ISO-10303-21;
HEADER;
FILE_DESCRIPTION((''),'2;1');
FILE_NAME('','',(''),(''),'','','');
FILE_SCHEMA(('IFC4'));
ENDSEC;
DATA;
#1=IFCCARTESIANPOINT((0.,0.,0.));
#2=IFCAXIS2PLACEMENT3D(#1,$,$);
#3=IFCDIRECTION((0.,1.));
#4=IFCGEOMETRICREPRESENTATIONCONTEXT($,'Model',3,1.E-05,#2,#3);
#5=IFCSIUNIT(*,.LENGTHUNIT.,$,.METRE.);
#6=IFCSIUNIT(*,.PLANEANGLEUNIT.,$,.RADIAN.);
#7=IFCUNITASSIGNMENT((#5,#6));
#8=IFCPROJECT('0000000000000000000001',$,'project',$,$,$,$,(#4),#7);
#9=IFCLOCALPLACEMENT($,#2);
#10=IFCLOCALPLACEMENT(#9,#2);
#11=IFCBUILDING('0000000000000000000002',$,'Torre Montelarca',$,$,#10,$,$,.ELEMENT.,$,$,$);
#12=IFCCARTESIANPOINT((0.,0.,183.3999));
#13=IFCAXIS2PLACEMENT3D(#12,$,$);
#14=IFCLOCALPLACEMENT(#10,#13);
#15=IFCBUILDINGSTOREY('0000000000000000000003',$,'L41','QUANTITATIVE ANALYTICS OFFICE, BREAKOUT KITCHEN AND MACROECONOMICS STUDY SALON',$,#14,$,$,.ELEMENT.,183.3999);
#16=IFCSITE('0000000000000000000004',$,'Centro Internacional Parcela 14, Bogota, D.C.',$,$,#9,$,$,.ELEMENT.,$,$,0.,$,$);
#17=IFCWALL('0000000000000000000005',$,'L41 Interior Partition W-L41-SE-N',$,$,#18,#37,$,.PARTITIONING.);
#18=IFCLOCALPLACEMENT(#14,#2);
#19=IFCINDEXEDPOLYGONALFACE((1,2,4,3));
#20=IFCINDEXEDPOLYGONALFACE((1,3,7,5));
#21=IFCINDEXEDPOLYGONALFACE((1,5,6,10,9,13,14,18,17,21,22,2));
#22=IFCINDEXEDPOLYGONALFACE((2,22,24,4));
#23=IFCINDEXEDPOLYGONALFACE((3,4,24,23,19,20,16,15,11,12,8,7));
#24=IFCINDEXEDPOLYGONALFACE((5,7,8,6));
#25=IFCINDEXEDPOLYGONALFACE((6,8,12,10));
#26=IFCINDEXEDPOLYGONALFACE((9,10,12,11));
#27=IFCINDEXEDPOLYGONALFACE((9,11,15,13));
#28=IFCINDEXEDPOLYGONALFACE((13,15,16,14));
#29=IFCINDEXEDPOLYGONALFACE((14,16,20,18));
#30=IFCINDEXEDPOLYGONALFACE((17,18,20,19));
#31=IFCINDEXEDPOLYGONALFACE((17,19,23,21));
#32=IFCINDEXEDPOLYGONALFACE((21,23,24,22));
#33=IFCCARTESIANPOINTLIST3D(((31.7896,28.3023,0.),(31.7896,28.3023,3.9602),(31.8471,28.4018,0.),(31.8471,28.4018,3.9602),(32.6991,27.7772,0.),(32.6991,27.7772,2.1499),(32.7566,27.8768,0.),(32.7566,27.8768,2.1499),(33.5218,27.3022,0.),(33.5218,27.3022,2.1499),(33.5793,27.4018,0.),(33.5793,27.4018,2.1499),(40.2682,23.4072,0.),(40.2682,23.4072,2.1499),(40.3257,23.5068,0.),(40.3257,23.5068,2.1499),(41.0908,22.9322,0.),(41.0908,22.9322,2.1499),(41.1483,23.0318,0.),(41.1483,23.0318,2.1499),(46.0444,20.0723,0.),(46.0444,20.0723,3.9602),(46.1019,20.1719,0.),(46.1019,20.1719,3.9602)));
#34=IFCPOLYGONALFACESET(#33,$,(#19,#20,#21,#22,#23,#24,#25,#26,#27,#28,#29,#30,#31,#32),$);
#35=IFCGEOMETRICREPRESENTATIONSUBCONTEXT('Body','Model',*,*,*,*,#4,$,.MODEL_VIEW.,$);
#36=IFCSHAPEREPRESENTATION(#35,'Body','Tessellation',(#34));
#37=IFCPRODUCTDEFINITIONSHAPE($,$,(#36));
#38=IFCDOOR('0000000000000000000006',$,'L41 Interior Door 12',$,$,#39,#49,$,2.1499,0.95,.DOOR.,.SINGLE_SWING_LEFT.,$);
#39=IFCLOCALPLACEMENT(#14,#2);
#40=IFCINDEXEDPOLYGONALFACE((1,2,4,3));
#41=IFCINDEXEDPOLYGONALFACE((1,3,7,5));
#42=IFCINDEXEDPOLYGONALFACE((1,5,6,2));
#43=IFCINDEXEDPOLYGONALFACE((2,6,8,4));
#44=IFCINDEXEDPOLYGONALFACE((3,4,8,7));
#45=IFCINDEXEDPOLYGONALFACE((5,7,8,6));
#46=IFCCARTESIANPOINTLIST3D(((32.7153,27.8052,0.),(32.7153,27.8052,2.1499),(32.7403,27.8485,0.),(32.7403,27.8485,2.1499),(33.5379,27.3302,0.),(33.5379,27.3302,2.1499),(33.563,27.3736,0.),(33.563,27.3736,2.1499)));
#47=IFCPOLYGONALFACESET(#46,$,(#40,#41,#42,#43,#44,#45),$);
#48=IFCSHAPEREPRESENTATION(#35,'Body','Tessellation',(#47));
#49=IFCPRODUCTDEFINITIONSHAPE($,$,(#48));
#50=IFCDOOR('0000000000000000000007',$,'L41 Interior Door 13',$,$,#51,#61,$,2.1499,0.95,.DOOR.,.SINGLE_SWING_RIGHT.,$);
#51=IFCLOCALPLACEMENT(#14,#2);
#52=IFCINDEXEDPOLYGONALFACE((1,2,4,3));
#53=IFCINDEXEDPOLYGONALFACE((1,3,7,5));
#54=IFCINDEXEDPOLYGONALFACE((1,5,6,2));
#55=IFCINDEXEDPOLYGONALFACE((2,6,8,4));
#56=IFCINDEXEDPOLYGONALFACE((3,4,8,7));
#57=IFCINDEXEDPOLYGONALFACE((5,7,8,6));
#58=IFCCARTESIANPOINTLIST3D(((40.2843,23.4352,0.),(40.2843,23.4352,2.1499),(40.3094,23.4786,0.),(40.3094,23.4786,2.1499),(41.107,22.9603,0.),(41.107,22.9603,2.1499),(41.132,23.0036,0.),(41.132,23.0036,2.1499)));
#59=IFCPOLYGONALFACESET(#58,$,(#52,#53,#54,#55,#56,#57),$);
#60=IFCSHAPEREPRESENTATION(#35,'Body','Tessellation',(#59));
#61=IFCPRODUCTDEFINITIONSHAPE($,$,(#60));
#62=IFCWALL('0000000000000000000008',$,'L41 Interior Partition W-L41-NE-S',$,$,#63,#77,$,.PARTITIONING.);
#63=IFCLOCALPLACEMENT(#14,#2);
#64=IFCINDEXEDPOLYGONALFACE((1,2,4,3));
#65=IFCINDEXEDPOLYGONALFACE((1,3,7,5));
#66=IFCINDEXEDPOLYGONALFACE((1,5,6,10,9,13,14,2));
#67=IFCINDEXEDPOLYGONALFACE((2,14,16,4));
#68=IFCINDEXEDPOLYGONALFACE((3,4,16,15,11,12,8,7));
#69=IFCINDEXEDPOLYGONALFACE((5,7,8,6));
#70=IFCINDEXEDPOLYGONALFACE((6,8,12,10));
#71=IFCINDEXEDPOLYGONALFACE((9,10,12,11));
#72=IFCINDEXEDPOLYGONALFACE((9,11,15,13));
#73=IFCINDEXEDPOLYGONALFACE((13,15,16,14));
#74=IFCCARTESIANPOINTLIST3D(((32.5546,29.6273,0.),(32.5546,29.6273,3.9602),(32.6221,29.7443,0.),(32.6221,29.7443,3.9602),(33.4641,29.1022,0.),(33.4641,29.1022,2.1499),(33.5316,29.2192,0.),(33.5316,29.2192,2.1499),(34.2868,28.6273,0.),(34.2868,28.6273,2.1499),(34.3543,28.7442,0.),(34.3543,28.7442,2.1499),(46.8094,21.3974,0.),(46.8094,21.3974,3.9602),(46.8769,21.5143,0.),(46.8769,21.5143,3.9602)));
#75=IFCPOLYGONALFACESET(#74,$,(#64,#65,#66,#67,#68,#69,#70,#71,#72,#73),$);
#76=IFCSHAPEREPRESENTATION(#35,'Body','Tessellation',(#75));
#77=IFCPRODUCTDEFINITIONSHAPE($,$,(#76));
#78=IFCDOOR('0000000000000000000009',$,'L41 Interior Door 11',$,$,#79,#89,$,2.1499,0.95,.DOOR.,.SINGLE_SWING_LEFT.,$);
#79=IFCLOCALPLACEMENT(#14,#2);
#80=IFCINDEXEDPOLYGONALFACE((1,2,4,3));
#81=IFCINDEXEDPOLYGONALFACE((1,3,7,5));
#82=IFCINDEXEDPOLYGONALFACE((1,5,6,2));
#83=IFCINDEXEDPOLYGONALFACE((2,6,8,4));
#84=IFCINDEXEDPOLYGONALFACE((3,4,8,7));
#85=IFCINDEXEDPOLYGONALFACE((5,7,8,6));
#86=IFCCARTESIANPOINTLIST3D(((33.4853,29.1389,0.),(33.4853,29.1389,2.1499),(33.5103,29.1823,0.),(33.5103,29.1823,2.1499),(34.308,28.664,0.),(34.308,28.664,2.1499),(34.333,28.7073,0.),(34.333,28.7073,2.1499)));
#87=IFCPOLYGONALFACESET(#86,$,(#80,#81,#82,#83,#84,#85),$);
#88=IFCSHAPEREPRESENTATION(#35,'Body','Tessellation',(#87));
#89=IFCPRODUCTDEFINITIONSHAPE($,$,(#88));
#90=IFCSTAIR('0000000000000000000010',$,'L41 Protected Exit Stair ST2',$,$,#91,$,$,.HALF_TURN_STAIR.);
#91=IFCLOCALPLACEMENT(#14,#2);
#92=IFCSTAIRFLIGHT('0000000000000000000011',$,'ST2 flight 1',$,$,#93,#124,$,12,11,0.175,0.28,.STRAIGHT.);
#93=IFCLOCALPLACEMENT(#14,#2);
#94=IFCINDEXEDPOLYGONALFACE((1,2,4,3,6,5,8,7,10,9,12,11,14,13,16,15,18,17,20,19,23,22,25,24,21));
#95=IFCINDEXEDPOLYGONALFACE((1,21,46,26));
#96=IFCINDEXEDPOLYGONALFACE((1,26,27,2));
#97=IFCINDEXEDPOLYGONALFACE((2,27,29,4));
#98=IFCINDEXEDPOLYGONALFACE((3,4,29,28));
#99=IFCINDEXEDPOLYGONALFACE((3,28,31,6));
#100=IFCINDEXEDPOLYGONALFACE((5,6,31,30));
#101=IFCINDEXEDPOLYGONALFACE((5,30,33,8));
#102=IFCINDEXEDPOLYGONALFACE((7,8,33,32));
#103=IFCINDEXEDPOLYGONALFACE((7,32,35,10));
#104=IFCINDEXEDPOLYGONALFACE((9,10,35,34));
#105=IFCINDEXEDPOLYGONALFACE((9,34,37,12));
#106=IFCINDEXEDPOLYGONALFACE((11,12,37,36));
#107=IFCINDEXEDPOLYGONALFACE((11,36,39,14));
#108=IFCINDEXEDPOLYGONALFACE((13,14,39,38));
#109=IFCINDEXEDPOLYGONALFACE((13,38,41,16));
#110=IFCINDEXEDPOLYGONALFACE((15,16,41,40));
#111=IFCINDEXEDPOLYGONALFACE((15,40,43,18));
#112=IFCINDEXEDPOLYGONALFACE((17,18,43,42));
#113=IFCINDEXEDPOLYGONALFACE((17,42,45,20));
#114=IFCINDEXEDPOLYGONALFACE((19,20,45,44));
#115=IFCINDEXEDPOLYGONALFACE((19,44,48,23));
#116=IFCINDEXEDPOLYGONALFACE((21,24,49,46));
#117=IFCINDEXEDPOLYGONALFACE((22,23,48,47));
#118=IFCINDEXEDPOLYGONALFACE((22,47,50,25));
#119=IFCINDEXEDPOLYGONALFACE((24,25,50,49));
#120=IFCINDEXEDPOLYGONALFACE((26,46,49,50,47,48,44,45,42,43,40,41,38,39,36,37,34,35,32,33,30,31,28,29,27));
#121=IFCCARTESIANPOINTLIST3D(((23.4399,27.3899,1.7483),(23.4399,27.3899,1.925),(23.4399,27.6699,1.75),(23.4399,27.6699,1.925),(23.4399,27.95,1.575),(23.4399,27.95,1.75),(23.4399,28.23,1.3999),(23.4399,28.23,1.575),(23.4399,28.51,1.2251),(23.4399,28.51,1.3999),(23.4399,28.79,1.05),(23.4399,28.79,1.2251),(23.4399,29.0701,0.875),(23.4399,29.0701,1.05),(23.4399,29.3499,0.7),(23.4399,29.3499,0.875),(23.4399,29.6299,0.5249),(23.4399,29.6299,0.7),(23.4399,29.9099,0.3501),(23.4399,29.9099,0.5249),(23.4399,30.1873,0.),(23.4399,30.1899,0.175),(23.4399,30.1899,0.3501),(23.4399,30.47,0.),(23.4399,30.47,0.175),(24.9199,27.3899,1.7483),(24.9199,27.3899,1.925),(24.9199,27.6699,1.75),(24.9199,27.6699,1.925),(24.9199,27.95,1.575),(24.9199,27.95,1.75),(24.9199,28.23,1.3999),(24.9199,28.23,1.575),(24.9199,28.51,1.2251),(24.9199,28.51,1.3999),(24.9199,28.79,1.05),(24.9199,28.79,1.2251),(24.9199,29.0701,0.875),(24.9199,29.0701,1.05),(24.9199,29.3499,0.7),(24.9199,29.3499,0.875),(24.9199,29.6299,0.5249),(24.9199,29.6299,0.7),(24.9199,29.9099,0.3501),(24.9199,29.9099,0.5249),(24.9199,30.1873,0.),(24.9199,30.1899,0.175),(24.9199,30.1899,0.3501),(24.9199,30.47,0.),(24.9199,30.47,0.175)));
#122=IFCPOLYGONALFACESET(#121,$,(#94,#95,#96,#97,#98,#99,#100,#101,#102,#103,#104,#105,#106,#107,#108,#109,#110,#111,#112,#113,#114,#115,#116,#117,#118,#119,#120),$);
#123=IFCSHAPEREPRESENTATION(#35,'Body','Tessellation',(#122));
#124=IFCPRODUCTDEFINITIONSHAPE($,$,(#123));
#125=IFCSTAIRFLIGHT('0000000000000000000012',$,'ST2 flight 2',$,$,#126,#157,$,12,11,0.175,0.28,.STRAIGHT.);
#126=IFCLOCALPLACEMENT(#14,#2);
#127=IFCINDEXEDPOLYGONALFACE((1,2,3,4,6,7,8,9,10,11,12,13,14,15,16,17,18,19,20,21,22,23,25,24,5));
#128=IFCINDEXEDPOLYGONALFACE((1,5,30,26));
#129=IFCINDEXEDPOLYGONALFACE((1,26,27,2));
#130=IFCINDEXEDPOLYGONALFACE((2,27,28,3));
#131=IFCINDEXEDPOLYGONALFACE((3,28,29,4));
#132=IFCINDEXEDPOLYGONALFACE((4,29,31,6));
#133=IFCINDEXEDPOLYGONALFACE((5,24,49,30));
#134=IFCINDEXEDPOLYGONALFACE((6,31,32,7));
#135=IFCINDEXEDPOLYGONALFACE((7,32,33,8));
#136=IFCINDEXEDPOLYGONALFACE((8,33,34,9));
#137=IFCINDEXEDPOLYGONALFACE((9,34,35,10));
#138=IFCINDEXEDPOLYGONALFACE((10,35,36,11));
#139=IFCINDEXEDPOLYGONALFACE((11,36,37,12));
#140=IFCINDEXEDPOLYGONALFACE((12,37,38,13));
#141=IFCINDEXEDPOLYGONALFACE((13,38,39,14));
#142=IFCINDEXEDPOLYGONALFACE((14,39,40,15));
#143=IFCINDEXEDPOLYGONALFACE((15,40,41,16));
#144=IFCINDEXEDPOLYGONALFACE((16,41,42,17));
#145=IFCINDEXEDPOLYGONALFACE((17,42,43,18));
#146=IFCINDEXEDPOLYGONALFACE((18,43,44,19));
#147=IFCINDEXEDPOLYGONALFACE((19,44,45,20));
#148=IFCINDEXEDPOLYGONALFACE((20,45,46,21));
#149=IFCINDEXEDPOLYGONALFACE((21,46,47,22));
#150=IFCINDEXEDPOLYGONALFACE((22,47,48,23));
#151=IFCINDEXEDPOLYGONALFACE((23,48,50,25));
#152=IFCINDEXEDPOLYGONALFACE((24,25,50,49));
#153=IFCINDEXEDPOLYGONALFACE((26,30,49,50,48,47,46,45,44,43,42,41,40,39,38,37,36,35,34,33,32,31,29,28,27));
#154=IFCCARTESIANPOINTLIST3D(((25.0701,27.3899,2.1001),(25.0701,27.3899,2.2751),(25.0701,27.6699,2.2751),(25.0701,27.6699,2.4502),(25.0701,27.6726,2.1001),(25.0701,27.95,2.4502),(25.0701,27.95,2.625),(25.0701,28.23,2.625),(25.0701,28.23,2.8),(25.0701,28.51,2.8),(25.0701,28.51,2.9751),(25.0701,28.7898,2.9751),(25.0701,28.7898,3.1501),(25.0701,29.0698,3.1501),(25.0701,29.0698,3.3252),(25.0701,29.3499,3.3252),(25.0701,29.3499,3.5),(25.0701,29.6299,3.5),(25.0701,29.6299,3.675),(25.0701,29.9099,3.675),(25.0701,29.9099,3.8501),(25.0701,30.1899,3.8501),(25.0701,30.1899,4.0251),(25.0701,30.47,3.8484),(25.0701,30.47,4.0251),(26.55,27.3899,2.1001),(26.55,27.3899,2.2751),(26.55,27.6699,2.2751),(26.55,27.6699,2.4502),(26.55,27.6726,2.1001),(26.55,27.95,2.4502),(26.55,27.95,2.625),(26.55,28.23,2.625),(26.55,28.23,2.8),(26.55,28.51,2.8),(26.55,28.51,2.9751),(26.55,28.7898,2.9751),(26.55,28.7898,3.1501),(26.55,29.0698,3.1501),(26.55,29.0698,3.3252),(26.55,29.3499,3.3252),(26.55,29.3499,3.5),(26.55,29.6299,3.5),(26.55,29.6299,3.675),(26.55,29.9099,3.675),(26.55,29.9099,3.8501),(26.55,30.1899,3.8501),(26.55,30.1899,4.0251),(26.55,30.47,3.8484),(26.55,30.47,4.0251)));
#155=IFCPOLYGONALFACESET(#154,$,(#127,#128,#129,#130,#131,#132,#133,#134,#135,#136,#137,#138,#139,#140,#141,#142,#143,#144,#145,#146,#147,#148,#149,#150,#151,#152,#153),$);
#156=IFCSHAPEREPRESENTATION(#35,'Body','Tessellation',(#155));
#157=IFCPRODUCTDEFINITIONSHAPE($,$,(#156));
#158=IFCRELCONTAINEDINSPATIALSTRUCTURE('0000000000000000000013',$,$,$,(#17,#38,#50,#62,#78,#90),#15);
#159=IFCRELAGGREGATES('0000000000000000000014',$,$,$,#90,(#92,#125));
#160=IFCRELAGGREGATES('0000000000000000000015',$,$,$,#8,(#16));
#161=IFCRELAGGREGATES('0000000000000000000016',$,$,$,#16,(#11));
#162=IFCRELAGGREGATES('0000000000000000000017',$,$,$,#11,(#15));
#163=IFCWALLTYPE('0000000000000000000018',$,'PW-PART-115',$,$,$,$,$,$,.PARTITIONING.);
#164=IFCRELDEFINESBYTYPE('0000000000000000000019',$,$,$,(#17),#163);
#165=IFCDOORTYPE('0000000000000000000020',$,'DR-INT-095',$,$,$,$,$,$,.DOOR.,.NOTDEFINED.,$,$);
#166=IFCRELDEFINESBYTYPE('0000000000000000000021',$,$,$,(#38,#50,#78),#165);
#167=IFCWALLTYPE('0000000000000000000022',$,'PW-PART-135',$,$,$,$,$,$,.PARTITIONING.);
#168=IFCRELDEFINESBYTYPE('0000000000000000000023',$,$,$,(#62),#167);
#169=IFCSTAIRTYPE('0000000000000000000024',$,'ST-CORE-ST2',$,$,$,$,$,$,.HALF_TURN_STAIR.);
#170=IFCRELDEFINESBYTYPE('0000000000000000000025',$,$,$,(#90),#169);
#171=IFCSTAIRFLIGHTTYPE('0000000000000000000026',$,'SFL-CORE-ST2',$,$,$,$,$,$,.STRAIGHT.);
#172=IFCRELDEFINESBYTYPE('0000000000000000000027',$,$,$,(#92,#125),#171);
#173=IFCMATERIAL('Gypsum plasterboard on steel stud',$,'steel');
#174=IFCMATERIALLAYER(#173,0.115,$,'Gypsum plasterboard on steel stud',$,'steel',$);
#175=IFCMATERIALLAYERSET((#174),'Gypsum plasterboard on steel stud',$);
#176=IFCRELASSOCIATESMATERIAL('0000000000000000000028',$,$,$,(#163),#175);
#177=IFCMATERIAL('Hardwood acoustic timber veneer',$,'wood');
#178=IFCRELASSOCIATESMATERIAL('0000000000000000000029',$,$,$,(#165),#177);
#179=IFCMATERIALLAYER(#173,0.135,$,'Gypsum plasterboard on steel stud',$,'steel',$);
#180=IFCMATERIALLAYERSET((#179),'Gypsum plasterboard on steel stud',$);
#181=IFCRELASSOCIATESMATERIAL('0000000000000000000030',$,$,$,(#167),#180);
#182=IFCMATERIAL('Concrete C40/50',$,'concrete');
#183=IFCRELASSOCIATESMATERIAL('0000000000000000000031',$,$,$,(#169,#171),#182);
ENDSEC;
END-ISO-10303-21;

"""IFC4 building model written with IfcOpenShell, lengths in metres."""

from ifc_helpers import new_model, si_unit, direction, frame, frame_2d, origin, place, context, subcontext, project, spatial, polyline, rectangle, outline, extrude, source, transform, mapped, material, layer, layer_set, type_object, element, fill, aggregate, save


model = new_model("IFC4")

# Units and contexts
model_context = context("Model", 3, precision=1e-05, world=origin(), true_north=direction((0.0, 1.0)))
body_context = subcontext(model_context, "Body", "Model", "MODEL_VIEW")
ifc_project = project(units=[si_unit("LENGTHUNIT", "METRE"), si_unit("PLANEANGLEUNIT", "RADIAN")], contexts=[model_context])

# Site, building, storey
site_placement = place(None, origin())
site = spatial("IfcSite", under=ifc_project, at=site_placement, Name="Centro Internacional Parcela 14, Bogota, D.C.", CompositionType="ELEMENT", RefElevation=0.0)
building_placement = place(site_placement, origin())
building = spatial("IfcBuilding", under=site, at=building_placement, Name="Torre Montelarca", CompositionType="ELEMENT")
storey_placement = place(building_placement, frame((0.0, 0.0, 183.3999)))
storey = spatial("IfcBuildingStorey", under=building, at=storey_placement, Name="L41", Description="QUANTITATIVE ANALYTICS OFFICE, BREAKOUT KITCHEN AND MACROECONOMICS STUDY SALON", CompositionType="ELEMENT", Elevation=183.3999)

# Shared definitions
ifc_material_1 = material(Name="Gypsum plasterboard on steel stud", Category="steel")

# Wall, openings, doors
ifc_layer_1 = layer(ifc_material_1, 0.115, Name="Gypsum plasterboard on steel stud", Category="steel")
ifc_layer_set_1 = layer_set([ifc_layer_1], Name="Gypsum plasterboard on steel stud")
wall_type_1 = type_object("IfcWallType", Name="PW-PART-115", PredefinedType="PARTITIONING", material=ifc_layer_set_1)
wall_1_placement = place(storey_placement, frame((31.8184, 28.3521, 0.0), z_axis=(0.0, 0.0, 1.0), x_axis=(0.866028, -0.499996, 0.0)))
wall_1 = element("IfcWall", 1, at=wall_1_placement, inside=storey, type_object=wall_type_1, Name="L41 Interior Partition W-L41-SE-N", PredefinedType="PARTITIONING", context=body_context, shape_type="SweptSolid", body=[
    extrude(rectangle(XDim=16.46, YDim=0.115, at=frame_2d((8.23, 0.0))), origin(), (0.0, 0.0, 1.0), 3.9602),
])
opening_1_placement = place(wall_1_placement, frame((1.05, 0.0, 0.0)))
opening_1 = element("IfcOpeningElement", 2, at=opening_1_placement, cuts=wall_1, PredefinedType="OPENING", context=body_context, shape_type="SweptSolid", body=[
    extrude(rectangle(XDim=0.95, YDim=2.1499, at=frame_2d((0.4751, 1.075))), frame((0.0, 0.0674, 0.0), z_axis=(0.0, -1.0, 0.0), x_axis=(1.0, 0.0, 0.0)), (0.0, 0.0, 1.0), 0.135),
])
opening_2_placement = place(wall_1_placement, frame((9.79, 0.0, 0.0)))
opening_2 = element("IfcOpeningElement", 3, at=opening_2_placement, cuts=wall_1, PredefinedType="OPENING", context=body_context, shape_type="SweptSolid", body=[
    extrude(rectangle(XDim=0.95, YDim=2.1499, at=frame_2d((0.4751, 1.075))), frame((0.0, 0.0674, 0.0), z_axis=(0.0, -1.0, 0.0), x_axis=(1.0, 0.0, 0.0)), (0.0, 0.0, 1.0), 0.135),
])
ifc_material_2 = material(Name="Hardwood acoustic timber veneer", Category="wood")
door_type = type_object("IfcDoorType", Name="DR-INT-095", OperationType="NOTDEFINED", PredefinedType="DOOR", material=ifc_material_2)
shared_shape_1 = source(origin(), body_context, "Body", "SweptSolid", [
    extrude(rectangle(XDim=0.95, YDim=2.1499, at=frame_2d((0.4751, 1.075))), frame((0.0, 0.0249, 0.0), z_axis=(0.0, -1.0, 0.0), x_axis=(1.0, 0.0, 0.0)), (0.0, 0.0, 1.0), 0.05),
])
door_1_placement = place(opening_1_placement, origin())
door_1 = element("IfcDoor", 4, at=door_1_placement, inside=storey, type_object=door_type, Name="L41 Interior Door 12", OperationType="SINGLE_SWING_LEFT", OverallHeight=2.1499, OverallWidth=0.95, PredefinedType="DOOR", context=body_context, shape_type="MappedRepresentation", body=[
    mapped(shared_shape_1, transform((0.0, 0.0, 0.0), scale=1.0)),
])
fill(opening_1, door_1)
door_2_placement = place(opening_2_placement, origin())
door_2 = element("IfcDoor", 5, at=door_2_placement, inside=storey, type_object=door_type, Name="L41 Interior Door 13", OperationType="SINGLE_SWING_RIGHT", OverallHeight=2.1499, OverallWidth=0.95, PredefinedType="DOOR", context=body_context, shape_type="MappedRepresentation", body=[
    mapped(shared_shape_1, transform((0.0, 0.0, 0.0), scale=1.0)),
])
fill(opening_2, door_2)

# Wall, opening, door
ifc_layer_2 = layer(ifc_material_1, 0.135, Name="Gypsum plasterboard on steel stud", Category="steel")
ifc_layer_set_2 = layer_set([ifc_layer_2], Name="Gypsum plasterboard on steel stud")
wall_type_2 = type_object("IfcWallType", Name="PW-PART-135", PredefinedType="PARTITIONING", material=ifc_layer_set_2)
wall_2_placement = place(storey_placement, frame((32.5884, 29.6858, 0.0), z_axis=(0.0, 0.0, 1.0), x_axis=(0.866028, -0.499996, 0.0)))
wall_2 = element("IfcWall", 6, at=wall_2_placement, inside=storey, type_object=wall_type_2, Name="L41 Interior Partition W-L41-NE-S", PredefinedType="PARTITIONING", context=body_context, shape_type="SweptSolid", body=[
    extrude(rectangle(XDim=16.46, YDim=0.135, at=frame_2d((8.23, 0.0))), origin(), (0.0, 0.0, 1.0), 3.9602),
])
opening_3_placement = place(wall_2_placement, frame((1.05, 0.0, 0.0)))
opening_3 = element("IfcOpeningElement", 7, at=opening_3_placement, cuts=wall_2, PredefinedType="OPENING", context=body_context, shape_type="SweptSolid", body=[
    extrude(rectangle(XDim=0.95, YDim=2.1499, at=frame_2d((0.4751, 1.075))), frame((0.0, 0.0776, 0.0), z_axis=(0.0, -1.0, 0.0), x_axis=(1.0, 0.0, 0.0)), (0.0, 0.0, 1.0), 0.155),
])
door_3_placement = place(opening_3_placement, origin())
door_3 = element("IfcDoor", 8, at=door_3_placement, inside=storey, type_object=door_type, Name="L41 Interior Door 11", OperationType="SINGLE_SWING_LEFT", OverallHeight=2.1499, OverallWidth=0.95, PredefinedType="DOOR", context=body_context, shape_type="MappedRepresentation", body=[
    mapped(shared_shape_1, transform((0.0, 0.0, 0.0), scale=1.0)),
])
fill(opening_3, door_3)

# Stair, stair flights
ifc_material_3 = material(Name="Concrete C40/50", Category="concrete")
stair_type = type_object("IfcStairType", Name="ST-CORE-ST2", PredefinedType="HALF_TURN_STAIR", material=ifc_material_3)
stair_placement = place(storey_placement, origin())
stair = element("IfcStair", 9, at=stair_placement, inside=storey, type_object=stair_type, Name="L41 Protected Exit Stair ST2", PredefinedType="HALF_TURN_STAIR")
stair_flight_type = type_object("IfcStairFlightType", Name="SFL-CORE-ST2", PredefinedType="STRAIGHT", material=ifc_material_3)
stair_flight_1_placement = place(storey_placement, frame((24.1799, 30.47, 0.0), z_axis=(0.0, 0.0, 1.0), x_axis=(0.0, -1.0, 0.0)))
stair_flight_1 = element("IfcStairFlight", 10, at=stair_flight_1_placement, type_object=stair_flight_type, Name="ST2 flight 1", NumberOfRisers=12, NumberOfTreads=11, PredefinedType="STRAIGHT", RiserHeight=0.175, TreadLength=0.28, context=body_context, shape_type="SweptSolid", body=[
    extrude(outline(polyline([(0.0, 0.0), (0.0, 0.175), (0.28, 0.175), (0.28, 0.3501), (0.5601, 0.3501), (0.5601, 0.5249), (0.8401, 0.5249), (0.8401, 0.7), (1.1201, 0.7), (1.1201, 0.875), (1.3999, 0.875), (1.3999, 1.05), (1.6799, 1.05), (1.6799, 1.2251), (1.96, 1.2251), (1.96, 1.3999), (2.24, 1.3999), (2.24, 1.575), (2.52, 1.575), (2.52, 1.75), (2.8, 1.75), (2.8, 1.925), (3.0801, 1.925), (3.0801, 2.1001), (3.0801, 1.7483), (0.2827, 0.0), (0.0, 0.0)])), frame((0.0, 0.74, 0.0), z_axis=(0.0, -1.0, 0.0), x_axis=(1.0, 0.0, 0.0)), (0.0, 0.0, 1.0), 1.48),
])
stair_flight_2_placement = place(storey_placement, frame((25.8101, 27.3899, 2.1001), z_axis=(0.0, 0.0, 1.0), x_axis=(0.0, 1.0, 0.0)))
stair_flight_2 = element("IfcStairFlight", 11, at=stair_flight_2_placement, type_object=stair_flight_type, Name="ST2 flight 2", NumberOfRisers=12, NumberOfTreads=11, PredefinedType="STRAIGHT", RiserHeight=0.175, TreadLength=0.28, context=body_context, shape_type="SweptSolid", body=[
    extrude(outline(polyline([(0.0, 0.0), (0.0, 0.175), (0.28, 0.175), (0.28, 0.3501), (0.5601, 0.3501), (0.5601, 0.5249), (0.8401, 0.5249), (0.8401, 0.7), (1.1201, 0.7), (1.1201, 0.875), (1.3999, 0.875), (1.3999, 1.05), (1.6799, 1.05), (1.6799, 1.2251), (1.96, 1.2251), (1.96, 1.3999), (2.24, 1.3999), (2.24, 1.575), (2.52, 1.575), (2.52, 1.75), (2.8, 1.75), (2.8, 1.925), (3.0801, 1.925), (3.0801, 2.1001), (3.0801, 1.7483), (0.2827, 0.0), (0.0, 0.0)])), frame((0.0, 0.74, 0.0), z_axis=(0.0, -1.0, 0.0), x_axis=(1.0, 0.0, 0.0)), (0.0, 0.0, 1.0), 1.48),
])
aggregate(stair, [stair_flight_1, stair_flight_2])

save(model, "model.ifc")
